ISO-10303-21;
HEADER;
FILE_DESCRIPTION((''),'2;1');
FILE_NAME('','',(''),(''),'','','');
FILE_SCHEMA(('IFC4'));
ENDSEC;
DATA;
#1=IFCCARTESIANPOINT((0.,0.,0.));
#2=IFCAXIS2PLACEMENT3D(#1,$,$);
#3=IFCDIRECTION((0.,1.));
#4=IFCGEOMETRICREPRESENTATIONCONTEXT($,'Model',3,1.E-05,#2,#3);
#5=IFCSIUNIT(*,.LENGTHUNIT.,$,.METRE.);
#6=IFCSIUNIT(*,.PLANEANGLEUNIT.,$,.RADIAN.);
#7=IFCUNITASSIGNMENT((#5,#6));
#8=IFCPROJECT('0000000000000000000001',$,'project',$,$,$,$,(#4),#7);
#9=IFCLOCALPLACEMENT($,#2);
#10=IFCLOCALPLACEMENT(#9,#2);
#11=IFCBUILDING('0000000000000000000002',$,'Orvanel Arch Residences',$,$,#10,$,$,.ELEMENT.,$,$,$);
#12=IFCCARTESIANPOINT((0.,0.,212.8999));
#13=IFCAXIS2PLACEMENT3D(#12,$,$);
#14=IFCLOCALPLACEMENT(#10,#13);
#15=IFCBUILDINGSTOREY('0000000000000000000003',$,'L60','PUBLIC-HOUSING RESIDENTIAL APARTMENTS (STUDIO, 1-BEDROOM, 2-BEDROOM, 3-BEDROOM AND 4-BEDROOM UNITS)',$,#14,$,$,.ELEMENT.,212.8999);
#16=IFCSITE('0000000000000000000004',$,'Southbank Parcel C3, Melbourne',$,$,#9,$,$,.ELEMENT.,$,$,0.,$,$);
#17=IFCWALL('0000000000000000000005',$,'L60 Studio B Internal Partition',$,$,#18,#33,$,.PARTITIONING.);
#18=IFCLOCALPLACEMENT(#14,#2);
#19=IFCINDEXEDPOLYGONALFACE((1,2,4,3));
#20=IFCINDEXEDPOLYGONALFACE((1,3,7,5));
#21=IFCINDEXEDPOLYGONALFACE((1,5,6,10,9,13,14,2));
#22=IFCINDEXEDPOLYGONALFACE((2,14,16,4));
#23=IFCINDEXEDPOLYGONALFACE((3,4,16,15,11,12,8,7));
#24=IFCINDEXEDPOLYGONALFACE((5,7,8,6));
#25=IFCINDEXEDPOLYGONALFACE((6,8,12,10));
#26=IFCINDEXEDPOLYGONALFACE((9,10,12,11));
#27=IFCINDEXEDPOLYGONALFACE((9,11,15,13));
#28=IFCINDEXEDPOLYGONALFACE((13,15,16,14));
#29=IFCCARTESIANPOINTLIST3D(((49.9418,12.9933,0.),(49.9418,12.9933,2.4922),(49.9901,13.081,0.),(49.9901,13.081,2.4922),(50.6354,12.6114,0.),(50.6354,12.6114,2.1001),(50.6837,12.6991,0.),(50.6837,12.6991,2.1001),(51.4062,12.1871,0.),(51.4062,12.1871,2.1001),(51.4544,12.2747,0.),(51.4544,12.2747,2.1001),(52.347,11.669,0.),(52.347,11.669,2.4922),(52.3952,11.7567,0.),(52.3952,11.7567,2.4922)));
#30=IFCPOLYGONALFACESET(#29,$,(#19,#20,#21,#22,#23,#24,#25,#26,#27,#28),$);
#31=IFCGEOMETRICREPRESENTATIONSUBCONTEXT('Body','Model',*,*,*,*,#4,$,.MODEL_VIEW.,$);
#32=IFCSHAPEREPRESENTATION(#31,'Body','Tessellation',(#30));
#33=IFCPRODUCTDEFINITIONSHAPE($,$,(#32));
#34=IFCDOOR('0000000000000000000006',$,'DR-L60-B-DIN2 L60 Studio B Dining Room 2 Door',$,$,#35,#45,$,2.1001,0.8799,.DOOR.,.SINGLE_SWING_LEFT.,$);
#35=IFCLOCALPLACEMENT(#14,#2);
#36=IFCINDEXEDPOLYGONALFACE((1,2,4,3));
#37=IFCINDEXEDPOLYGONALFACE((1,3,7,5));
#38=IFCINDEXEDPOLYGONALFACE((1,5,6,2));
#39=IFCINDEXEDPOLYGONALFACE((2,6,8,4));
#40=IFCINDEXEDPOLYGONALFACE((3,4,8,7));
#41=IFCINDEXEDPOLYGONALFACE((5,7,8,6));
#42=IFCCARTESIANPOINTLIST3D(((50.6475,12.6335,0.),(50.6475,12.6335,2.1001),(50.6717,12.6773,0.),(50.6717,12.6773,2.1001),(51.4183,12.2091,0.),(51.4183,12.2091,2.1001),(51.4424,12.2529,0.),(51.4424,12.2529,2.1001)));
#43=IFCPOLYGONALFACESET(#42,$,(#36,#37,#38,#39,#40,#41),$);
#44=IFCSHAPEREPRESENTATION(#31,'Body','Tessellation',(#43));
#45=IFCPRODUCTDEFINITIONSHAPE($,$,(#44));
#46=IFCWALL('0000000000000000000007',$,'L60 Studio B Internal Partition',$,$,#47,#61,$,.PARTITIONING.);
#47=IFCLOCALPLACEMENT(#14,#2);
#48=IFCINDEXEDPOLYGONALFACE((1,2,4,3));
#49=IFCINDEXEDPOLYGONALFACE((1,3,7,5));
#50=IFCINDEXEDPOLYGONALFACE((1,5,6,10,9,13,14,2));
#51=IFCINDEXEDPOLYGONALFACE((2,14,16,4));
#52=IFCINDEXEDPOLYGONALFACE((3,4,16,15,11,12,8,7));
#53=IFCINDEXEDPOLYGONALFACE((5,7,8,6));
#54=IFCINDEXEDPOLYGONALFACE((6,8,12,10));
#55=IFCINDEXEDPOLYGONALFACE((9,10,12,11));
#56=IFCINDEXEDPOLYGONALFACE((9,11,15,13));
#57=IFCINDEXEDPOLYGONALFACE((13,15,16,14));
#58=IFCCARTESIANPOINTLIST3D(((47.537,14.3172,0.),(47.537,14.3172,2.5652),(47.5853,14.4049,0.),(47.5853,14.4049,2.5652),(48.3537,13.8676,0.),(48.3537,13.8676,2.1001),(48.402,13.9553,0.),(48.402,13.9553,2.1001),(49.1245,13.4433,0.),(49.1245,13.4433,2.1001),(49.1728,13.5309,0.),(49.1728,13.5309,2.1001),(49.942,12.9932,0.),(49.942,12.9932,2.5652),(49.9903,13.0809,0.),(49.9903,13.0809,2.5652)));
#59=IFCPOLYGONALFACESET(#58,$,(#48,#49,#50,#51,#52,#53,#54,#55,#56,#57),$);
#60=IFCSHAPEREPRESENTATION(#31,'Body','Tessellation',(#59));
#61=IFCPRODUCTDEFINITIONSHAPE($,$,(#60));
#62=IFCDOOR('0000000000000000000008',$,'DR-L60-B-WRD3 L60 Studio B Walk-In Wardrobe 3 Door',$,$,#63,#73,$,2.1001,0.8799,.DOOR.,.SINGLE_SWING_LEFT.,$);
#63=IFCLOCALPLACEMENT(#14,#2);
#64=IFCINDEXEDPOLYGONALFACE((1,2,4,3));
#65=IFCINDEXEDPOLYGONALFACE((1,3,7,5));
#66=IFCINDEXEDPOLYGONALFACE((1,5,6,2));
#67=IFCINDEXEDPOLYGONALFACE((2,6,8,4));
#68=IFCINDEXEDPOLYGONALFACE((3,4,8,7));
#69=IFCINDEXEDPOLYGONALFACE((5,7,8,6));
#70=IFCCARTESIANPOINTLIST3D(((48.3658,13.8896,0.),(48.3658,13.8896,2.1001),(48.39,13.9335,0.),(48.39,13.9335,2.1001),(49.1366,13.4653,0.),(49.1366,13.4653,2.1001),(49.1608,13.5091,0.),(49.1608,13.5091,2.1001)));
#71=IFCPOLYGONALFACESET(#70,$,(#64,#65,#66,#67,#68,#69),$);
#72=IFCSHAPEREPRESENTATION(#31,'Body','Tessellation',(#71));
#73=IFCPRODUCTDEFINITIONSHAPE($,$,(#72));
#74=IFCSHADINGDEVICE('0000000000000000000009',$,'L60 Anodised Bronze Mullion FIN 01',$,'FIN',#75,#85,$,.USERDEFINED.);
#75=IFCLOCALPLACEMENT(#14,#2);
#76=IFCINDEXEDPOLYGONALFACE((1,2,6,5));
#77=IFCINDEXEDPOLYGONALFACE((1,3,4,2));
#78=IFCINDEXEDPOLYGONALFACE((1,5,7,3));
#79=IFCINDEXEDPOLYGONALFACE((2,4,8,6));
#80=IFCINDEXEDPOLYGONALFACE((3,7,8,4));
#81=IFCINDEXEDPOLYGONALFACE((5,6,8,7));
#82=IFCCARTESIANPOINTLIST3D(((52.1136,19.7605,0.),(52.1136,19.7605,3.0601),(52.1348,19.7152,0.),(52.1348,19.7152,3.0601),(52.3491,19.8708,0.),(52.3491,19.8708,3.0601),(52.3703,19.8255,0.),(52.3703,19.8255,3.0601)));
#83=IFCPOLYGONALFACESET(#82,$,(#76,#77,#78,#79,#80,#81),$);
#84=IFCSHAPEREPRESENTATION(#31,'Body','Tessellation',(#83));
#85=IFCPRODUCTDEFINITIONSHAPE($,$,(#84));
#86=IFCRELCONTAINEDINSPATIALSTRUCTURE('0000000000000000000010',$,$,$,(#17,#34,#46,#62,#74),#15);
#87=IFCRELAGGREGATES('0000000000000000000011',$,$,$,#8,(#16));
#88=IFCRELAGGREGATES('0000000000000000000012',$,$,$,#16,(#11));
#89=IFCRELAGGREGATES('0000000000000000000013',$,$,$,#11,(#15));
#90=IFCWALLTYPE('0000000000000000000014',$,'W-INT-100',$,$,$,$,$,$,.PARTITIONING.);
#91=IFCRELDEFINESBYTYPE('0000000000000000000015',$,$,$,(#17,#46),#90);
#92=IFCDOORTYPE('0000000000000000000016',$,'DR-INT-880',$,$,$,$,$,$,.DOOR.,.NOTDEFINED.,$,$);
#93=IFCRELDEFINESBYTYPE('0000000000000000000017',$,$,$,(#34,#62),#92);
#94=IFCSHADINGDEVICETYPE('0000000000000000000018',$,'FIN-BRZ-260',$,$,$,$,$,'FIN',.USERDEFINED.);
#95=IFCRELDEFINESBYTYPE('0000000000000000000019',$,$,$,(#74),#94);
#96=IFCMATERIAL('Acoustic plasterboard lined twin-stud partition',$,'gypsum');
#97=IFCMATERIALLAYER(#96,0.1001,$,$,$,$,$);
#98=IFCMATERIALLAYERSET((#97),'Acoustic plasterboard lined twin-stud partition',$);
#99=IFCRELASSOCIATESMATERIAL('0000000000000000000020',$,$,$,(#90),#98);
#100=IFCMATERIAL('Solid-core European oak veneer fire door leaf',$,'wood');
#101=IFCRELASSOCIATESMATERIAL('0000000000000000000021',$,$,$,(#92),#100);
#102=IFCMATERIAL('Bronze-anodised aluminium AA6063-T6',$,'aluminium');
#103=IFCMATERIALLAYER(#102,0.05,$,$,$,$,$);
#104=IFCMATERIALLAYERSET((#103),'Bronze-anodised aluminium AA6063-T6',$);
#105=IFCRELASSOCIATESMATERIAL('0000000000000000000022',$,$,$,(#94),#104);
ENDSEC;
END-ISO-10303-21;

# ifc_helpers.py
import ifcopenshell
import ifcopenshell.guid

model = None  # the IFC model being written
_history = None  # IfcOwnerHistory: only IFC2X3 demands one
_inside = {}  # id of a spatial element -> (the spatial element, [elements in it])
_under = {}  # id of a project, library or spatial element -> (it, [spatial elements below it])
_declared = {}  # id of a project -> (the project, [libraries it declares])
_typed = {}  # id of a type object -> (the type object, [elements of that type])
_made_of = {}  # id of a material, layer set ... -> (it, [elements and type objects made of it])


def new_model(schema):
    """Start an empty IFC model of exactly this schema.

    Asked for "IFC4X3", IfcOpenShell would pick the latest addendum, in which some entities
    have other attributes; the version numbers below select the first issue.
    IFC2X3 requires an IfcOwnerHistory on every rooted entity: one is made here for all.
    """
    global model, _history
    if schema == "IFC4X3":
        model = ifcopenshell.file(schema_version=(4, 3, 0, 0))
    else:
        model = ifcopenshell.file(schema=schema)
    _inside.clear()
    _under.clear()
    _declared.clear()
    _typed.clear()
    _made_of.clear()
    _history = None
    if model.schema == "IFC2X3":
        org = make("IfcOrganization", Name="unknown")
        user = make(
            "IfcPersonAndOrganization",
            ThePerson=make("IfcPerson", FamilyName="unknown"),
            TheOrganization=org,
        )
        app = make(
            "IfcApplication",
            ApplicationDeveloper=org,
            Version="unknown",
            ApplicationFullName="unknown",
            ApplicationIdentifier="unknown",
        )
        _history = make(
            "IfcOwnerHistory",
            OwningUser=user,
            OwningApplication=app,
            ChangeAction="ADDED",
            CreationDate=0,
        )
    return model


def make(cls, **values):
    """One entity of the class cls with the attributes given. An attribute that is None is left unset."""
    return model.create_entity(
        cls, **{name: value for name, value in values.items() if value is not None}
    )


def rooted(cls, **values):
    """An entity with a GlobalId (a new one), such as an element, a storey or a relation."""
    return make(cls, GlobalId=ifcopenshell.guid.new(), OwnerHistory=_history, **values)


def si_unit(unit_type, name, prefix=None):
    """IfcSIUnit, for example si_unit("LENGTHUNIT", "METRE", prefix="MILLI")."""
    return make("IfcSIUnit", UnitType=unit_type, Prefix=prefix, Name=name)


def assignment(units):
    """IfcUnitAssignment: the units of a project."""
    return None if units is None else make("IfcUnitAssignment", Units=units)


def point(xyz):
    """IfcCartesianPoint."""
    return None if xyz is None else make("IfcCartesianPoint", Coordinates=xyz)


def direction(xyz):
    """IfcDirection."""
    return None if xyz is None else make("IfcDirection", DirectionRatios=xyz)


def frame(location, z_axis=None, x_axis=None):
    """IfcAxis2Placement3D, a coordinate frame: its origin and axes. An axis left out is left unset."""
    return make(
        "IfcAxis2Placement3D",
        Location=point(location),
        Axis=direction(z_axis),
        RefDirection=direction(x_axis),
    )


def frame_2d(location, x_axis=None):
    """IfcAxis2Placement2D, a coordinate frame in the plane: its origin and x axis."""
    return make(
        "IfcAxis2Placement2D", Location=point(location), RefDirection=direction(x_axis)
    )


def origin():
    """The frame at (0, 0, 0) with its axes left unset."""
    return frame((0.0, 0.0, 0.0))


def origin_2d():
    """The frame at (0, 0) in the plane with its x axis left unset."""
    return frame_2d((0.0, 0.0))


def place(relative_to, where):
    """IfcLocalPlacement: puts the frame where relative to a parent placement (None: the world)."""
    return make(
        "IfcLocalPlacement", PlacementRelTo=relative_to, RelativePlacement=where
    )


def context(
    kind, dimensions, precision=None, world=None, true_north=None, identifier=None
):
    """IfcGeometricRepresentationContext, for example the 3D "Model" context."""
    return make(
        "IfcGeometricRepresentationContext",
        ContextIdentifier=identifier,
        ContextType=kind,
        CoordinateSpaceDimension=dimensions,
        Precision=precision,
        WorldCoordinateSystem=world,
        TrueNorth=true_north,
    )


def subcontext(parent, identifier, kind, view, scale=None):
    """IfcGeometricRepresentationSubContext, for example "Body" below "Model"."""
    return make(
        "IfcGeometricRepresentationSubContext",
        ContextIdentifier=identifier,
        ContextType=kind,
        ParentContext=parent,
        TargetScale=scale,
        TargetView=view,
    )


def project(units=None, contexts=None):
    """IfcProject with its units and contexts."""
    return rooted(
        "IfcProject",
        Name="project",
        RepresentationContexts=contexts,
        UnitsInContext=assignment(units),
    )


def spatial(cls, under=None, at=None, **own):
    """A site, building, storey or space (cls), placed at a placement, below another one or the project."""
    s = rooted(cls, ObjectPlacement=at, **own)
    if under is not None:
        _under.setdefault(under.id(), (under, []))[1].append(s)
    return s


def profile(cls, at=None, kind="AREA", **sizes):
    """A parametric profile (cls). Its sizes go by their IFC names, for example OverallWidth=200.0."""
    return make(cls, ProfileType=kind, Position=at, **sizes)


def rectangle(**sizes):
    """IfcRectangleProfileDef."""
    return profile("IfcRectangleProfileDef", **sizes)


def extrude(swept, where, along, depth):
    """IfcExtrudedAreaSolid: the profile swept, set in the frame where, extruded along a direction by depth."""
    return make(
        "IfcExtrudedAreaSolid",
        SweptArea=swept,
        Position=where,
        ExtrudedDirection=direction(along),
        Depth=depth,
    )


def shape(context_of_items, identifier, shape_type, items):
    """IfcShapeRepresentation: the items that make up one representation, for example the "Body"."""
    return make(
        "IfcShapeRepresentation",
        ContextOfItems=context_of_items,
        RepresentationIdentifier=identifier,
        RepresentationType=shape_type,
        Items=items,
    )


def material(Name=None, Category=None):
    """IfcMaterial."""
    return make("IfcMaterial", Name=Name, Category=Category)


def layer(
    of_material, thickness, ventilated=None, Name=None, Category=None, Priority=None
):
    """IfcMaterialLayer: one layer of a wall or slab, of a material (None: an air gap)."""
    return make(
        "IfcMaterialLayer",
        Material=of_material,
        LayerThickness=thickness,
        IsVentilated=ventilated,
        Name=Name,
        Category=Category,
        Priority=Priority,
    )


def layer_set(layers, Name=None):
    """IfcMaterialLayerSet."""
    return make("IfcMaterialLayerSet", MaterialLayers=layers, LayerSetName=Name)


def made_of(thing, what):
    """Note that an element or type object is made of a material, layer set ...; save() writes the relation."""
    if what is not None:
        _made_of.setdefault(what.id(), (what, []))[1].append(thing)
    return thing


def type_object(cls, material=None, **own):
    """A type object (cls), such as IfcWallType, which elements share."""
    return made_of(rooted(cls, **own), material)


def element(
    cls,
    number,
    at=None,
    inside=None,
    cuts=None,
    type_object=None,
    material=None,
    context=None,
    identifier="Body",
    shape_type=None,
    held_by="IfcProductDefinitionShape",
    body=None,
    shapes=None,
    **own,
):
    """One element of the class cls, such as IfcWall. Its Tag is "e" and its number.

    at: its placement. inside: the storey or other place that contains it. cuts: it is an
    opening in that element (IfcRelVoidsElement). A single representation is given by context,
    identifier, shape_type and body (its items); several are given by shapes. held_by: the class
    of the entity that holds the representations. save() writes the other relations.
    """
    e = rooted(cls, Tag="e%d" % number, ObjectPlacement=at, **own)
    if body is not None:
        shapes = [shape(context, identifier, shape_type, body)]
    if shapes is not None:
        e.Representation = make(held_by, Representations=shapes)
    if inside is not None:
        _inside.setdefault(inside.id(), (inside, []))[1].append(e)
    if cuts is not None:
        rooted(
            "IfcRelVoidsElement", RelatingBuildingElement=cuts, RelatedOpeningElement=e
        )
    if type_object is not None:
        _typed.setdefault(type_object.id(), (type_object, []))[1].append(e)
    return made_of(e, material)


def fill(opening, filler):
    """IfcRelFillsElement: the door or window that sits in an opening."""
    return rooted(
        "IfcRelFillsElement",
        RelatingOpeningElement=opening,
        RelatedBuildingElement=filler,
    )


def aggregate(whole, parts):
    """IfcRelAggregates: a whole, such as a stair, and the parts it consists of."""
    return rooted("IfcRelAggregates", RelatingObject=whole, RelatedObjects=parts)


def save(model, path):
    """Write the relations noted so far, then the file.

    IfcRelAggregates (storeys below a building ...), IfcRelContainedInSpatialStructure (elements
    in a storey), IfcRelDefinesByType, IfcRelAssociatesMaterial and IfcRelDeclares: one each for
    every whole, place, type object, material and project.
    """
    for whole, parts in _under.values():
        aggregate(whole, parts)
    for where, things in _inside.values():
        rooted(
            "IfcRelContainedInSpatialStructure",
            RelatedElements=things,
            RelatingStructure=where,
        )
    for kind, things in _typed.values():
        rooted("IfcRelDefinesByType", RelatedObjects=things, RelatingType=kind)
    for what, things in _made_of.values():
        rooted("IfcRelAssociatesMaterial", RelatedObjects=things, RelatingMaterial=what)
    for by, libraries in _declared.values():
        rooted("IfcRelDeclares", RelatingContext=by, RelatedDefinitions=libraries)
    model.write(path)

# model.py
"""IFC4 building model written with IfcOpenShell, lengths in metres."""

from ifc_helpers import new_model, si_unit, direction, frame, frame_2d, origin, origin_2d, place, context, subcontext, project, spatial, rectangle, extrude, material, layer, layer_set, type_object, element, fill, save


model = new_model("IFC4")

# Units and contexts
model_context = context("Model", 3, precision=1e-05, world=origin(), true_north=direction((0.0, 1.0)))
body_context = subcontext(model_context, "Body", "Model", "MODEL_VIEW")
ifc_project = project(units=[si_unit("LENGTHUNIT", "METRE"), si_unit("PLANEANGLEUNIT", "RADIAN")], contexts=[model_context])

# Site, building, storey
site_placement = place(None, origin())
site = spatial("IfcSite", under=ifc_project, at=site_placement, Name="Southbank Parcel C3, Melbourne", CompositionType="ELEMENT", RefElevation=0.0)
building_placement = place(site_placement, origin())
building = spatial("IfcBuilding", under=site, at=building_placement, Name="Orvanel Arch Residences", CompositionType="ELEMENT")
storey_placement = place(building_placement, frame((0.0, 0.0, 212.8999)))
storey = spatial("IfcBuildingStorey", under=building, at=storey_placement, Name="L60", Description="PUBLIC-HOUSING RESIDENTIAL APARTMENTS (STUDIO, 1-BEDROOM, 2-BEDROOM, 3-BEDROOM AND 4-BEDROOM UNITS)", CompositionType="ELEMENT", Elevation=212.8999)

# Shared definitions
ifc_material_1 = material(Name="Bronze-anodised aluminium AA6063-T6", Category="aluminium")

# Walls, openings, doors
ifc_material_2 = material(Name="Acoustic plasterboard lined twin-stud partition", Category="gypsum")
ifc_layer_1 = layer(ifc_material_2, 0.1001)
ifc_layer_set_1 = layer_set([ifc_layer_1], Name="Acoustic plasterboard lined twin-stud partition")
wall_type = type_object("IfcWallType", Name="W-INT-100", PredefinedType="PARTITIONING", material=ifc_layer_set_1)
wall_1_placement = place(storey_placement, frame((52.3711, 11.7129, 0.0), z_axis=(0.0, 0.0, 1.0), x_axis=(-0.875992, 0.482325, 0.0)))
wall_1 = element("IfcWall", 1, at=wall_1_placement, inside=storey, type_object=wall_type, Name="L60 Studio B Internal Partition", PredefinedType="PARTITIONING", context=body_context, shape_type="SweptSolid", body=[
    extrude(rectangle(XDim=2.7456, YDim=0.1001, at=frame_2d((1.3728, 0.0))), origin(), (0.0, 0.0, 1.0), 2.4922),
])
opening_1_placement = place(wall_1_placement, frame((1.074, 0.0, 0.0)))
opening_1 = element("IfcOpeningElement", 2, at=opening_1_placement, cuts=wall_1, PredefinedType="OPENING", context=body_context, shape_type="SweptSolid", body=[
    extrude(rectangle(XDim=0.8799, YDim=2.1001, at=frame_2d((0.4399, 1.05))), frame((0.0, 0.0601, 0.0), z_axis=(0.0, -1.0, 0.0), x_axis=(1.0, 0.0, 0.0)), (0.0, 0.0, 1.0), 0.1201),
])
ifc_material_3 = material(Name="Solid-core European oak veneer fire door leaf", Category="wood")
door_type = type_object("IfcDoorType", Name="DR-INT-880", OperationType="NOTDEFINED", PredefinedType="DOOR", material=ifc_material_3)
door_1_placement = place(opening_1_placement, origin())
door_1 = element("IfcDoor", 3, at=door_1_placement, inside=storey, type_object=door_type, Name="DR-L60-B-DIN2 L60 Studio B Dining Room 2 Door", OperationType="SINGLE_SWING_LEFT", OverallHeight=2.1001, OverallWidth=0.8799, PredefinedType="DOOR", context=body_context, shape_type="SweptSolid", body=[
    extrude(rectangle(XDim=0.8799, YDim=2.1001, at=frame_2d((0.4399, 1.05))), frame((0.0, 0.0249, 0.0), z_axis=(0.0, -1.0, 0.0), x_axis=(1.0, 0.0, 0.0)), (0.0, 0.0, 1.0), 0.05),
])
fill(opening_1, door_1)
wall_2_placement = place(storey_placement, frame((49.9661, 13.0371, 0.0), z_axis=(0.0, 0.0, 1.0), x_axis=(-0.87603, 0.482257, 0.0)))
wall_2 = element("IfcWall", 4, at=wall_2_placement, inside=storey, type_object=wall_type, Name="L60 Studio B Internal Partition", PredefinedType="PARTITIONING", context=body_context, shape_type="SweptSolid", body=[
    extrude(rectangle(XDim=2.7454, YDim=0.1001, at=frame_2d((1.3726, 0.0))), origin(), (0.0, 0.0, 1.0), 2.5652),
])
opening_2_placement = place(wall_2_placement, frame((0.9331, 0.0, 0.0)))
opening_2 = element("IfcOpeningElement", 5, at=opening_2_placement, cuts=wall_2, PredefinedType="OPENING", context=body_context, shape_type="SweptSolid", body=[
    extrude(rectangle(XDim=0.8799, YDim=2.1001, at=frame_2d((0.4399, 1.05))), frame((0.0, 0.0601, 0.0), z_axis=(0.0, -1.0, 0.0), x_axis=(1.0, 0.0, 0.0)), (0.0, 0.0, 1.0), 0.1201),
])
door_2_placement = place(opening_2_placement, origin())
door_2 = element("IfcDoor", 6, at=door_2_placement, inside=storey, type_object=door_type, Name="DR-L60-B-WRD3 L60 Studio B Walk-In Wardrobe 3 Door", OperationType="SINGLE_SWING_LEFT", OverallHeight=2.1001, OverallWidth=0.8799, PredefinedType="DOOR", context=body_context, shape_type="SweptSolid", body=[
    extrude(rectangle(XDim=0.8799, YDim=2.1001, at=frame_2d((0.4399, 1.05))), frame((0.0, 0.0249, 0.0), z_axis=(0.0, -1.0, 0.0), x_axis=(1.0, 0.0, 0.0)), (0.0, 0.0, 1.0), 0.05),
])
fill(opening_2, door_2)

# Shading device
ifc_layer_2 = layer(ifc_material_1, 0.05)
ifc_layer_set_2 = layer_set([ifc_layer_2], Name="Bronze-anodised aluminium AA6063-T6")
shading_device_type = type_object("IfcShadingDeviceType", Name="FIN-BRZ-260", ElementType="FIN", PredefinedType="USERDEFINED", material=ifc_layer_set_2)
shading_device_placement = place(storey_placement, frame((52.2419, 19.793, 0.0), z_axis=(0.0, 0.0, 1.0), x_axis=(0.905569, 0.424199, 0.0)))
element("IfcShadingDevice", 7, at=shading_device_placement, inside=storey, type_object=shading_device_type, Name="L60 Anodised Bronze Mullion FIN 01", ObjectType="FIN", PredefinedType="USERDEFINED", context=body_context, shape_type="SweptSolid", body=[
    extrude(rectangle(XDim=0.26, YDim=0.05, at=origin_2d()), origin(), (0.0, 0.0, 1.0), 3.0601),
])

save(model, "model.ifc")
